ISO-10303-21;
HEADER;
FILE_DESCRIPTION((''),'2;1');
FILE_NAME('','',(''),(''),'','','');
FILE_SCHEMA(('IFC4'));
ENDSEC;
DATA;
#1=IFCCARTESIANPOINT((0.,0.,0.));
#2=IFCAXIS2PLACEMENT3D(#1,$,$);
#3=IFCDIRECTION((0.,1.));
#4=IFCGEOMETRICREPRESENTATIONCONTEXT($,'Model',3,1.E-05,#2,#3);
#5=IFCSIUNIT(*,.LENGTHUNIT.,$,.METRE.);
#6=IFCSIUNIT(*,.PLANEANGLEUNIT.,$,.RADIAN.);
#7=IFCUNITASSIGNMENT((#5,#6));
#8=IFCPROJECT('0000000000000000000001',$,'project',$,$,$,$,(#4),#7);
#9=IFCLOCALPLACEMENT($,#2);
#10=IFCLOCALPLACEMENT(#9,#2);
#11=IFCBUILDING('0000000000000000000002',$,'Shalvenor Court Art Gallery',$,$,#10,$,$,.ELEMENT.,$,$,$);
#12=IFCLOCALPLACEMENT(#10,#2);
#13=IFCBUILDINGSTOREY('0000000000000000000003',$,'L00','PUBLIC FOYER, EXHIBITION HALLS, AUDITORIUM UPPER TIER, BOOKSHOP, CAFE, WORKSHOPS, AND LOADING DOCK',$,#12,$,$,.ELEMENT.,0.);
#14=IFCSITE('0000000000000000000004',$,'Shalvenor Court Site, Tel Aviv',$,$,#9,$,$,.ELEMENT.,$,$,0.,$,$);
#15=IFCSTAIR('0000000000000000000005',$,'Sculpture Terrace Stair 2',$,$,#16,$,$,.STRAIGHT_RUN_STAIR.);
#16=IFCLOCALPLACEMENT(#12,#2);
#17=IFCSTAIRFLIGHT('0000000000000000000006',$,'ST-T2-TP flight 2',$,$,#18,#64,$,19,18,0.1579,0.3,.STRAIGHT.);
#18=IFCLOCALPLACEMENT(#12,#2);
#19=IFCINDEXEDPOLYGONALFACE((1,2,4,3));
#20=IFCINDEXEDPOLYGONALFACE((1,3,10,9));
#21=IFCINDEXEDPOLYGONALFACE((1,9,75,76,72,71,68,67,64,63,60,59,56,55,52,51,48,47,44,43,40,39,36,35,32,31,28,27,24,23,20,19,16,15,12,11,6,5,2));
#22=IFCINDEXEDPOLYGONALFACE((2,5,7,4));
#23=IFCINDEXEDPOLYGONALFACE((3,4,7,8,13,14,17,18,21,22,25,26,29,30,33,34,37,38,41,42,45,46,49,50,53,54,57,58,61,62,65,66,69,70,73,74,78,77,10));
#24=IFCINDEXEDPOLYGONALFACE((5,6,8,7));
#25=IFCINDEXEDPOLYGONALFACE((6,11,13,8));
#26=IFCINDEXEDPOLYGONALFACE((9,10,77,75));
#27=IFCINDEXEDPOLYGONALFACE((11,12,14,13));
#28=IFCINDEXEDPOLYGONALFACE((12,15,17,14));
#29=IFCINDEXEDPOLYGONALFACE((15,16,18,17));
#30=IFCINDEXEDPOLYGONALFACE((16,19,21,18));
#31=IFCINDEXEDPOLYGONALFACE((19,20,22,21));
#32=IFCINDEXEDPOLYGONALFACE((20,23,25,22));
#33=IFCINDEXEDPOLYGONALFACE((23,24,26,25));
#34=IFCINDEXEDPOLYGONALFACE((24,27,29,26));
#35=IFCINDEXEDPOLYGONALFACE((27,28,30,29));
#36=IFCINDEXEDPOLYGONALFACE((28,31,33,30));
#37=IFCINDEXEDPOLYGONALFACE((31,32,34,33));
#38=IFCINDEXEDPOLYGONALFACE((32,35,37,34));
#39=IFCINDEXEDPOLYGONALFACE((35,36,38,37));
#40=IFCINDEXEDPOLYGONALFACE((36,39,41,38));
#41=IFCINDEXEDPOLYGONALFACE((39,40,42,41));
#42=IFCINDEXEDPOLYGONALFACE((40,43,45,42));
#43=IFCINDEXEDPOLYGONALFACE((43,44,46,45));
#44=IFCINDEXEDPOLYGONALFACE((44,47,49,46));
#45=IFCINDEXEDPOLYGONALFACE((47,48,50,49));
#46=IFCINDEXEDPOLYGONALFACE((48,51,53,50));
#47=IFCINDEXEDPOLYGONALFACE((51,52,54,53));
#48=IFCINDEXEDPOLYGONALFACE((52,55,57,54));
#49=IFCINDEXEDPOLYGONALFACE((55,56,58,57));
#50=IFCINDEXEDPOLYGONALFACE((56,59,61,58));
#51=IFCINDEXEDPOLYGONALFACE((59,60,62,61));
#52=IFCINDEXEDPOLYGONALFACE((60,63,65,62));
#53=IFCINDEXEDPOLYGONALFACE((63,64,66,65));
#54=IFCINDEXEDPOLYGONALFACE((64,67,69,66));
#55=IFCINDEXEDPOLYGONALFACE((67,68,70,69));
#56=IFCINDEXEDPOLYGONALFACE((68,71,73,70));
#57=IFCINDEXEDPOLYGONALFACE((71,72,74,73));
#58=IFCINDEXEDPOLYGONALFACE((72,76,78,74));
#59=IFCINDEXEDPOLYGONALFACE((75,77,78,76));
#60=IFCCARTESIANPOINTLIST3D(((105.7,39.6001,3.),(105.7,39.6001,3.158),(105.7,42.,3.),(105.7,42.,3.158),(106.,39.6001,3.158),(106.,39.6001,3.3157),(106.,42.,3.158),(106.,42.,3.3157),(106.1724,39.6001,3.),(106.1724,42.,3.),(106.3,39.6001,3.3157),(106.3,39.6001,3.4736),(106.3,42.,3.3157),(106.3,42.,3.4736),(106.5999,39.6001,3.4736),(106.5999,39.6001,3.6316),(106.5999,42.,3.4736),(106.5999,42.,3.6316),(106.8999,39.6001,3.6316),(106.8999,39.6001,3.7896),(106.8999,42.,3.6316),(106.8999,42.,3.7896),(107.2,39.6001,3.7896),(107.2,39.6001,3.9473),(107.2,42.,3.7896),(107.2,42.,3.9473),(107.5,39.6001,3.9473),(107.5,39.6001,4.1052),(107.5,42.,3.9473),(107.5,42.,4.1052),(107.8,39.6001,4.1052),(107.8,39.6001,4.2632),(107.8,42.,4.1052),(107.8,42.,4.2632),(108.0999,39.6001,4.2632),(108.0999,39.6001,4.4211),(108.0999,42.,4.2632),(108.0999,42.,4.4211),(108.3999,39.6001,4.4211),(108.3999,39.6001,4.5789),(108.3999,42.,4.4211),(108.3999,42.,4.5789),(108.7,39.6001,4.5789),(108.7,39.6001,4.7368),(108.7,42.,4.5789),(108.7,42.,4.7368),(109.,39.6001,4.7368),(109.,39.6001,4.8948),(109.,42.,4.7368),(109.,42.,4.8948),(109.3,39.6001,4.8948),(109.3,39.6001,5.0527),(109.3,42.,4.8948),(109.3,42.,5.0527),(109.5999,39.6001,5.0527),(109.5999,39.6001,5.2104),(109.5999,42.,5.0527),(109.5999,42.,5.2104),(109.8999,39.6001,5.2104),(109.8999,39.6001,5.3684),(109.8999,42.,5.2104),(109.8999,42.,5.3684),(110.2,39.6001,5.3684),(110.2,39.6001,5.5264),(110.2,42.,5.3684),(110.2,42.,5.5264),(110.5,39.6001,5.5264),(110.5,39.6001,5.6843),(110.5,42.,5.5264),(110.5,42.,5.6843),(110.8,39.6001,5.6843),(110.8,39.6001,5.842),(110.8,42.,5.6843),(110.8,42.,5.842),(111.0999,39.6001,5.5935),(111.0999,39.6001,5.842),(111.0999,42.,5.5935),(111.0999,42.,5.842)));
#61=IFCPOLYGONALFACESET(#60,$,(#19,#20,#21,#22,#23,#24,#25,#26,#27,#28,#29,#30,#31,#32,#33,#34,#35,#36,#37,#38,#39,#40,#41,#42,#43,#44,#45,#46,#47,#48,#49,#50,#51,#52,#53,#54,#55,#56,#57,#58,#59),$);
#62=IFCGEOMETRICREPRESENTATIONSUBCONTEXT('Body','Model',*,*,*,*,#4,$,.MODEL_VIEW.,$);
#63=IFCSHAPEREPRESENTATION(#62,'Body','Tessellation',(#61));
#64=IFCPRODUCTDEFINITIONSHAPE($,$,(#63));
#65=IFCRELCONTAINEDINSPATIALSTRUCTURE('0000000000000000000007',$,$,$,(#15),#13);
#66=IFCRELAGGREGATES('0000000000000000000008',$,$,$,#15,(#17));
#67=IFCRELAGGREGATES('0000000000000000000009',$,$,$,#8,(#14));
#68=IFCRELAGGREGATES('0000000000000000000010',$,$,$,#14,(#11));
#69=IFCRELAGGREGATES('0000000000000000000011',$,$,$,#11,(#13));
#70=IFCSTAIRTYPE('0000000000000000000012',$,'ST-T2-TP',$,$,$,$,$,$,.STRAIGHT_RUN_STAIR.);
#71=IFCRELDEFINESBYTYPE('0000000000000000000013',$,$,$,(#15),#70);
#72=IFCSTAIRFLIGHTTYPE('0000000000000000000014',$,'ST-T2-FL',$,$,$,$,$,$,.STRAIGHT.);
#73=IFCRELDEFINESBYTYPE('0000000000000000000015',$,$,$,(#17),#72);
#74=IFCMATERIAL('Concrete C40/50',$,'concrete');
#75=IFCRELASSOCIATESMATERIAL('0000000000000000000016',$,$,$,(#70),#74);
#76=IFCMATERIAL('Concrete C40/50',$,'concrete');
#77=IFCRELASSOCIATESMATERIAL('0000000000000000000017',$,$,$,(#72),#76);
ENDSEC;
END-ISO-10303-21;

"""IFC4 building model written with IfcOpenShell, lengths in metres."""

from ifc_helpers import new_model, si_unit, direction, frame, origin, place, context, subcontext, project, spatial, polyline, outline, extrude, material, type_object, element, aggregate, save


model = new_model("IFC4")

# Units and contexts
model_context = context("Model", 3, precision=1e-05, world=origin(), true_north=direction((0.0, 1.0)))
body_context = subcontext(model_context, "Body", "Model", "MODEL_VIEW")
ifc_project = project(units=[si_unit("LENGTHUNIT", "METRE"), si_unit("PLANEANGLEUNIT", "RADIAN")], contexts=[model_context])

# Site, building, storey
site_placement = place(None, origin())
site = spatial("IfcSite", under=ifc_project, at=site_placement, Name="Shalvenor Court Site, Tel Aviv", CompositionType="ELEMENT", RefElevation=0.0)
building_placement = place(site_placement, origin())
building = spatial("IfcBuilding", under=site, at=building_placement, Name="Shalvenor Court Art Gallery", CompositionType="ELEMENT")
storey_placement = place(building_placement, origin())
storey = spatial("IfcBuildingStorey", under=building, at=storey_placement, Name="L00", Description="PUBLIC FOYER, EXHIBITION HALLS, AUDITORIUM UPPER TIER, BOOKSHOP, CAFE, WORKSHOPS, AND LOADING DOCK", CompositionType="ELEMENT", Elevation=0.0)

# Stair, stair flight
ifc_material_1 = material(Name="Concrete C40/50", Category="concrete")
stair_type = type_object("IfcStairType", Name="ST-T2-TP", PredefinedType="STRAIGHT_RUN_STAIR", material=ifc_material_1)
stair_placement = place(storey_placement, origin())
stair = element("IfcStair", 1, at=stair_placement, inside=storey, type_object=stair_type, Name="Sculpture Terrace Stair 2", PredefinedType="STRAIGHT_RUN_STAIR")
ifc_material_2 = material(Name="Concrete C40/50", Category="concrete")
stair_flight_type = type_object("IfcStairFlightType", Name="ST-T2-FL", PredefinedType="STRAIGHT", material=ifc_material_2)
stair_flight_placement = place(storey_placement, frame((105.7, 40.8, 3.0), z_axis=(0.0, 0.0, 1.0), x_axis=(1.0, 0.0, 0.0)))
stair_flight = element("IfcStairFlight", 2, at=stair_flight_placement, type_object=stair_flight_type, Name="ST-T2-TP flight 2", NumberOfRisers=19, NumberOfTreads=18, PredefinedType="STRAIGHT", RiserHeight=0.1579, TreadLength=0.3, context=body_context, shape_type="SweptSolid", body=[
    extrude(outline(polyline([(0.0, 0.0), (0.0, 0.158), (0.3, 0.158), (0.3, 0.3157), (0.6001, 0.3157), (0.6001, 0.4736), (0.8999, 0.4736), (0.8999, 0.6316), (1.2, 0.6316), (1.2, 0.7896), (1.5, 0.7896), (1.5, 0.9473), (1.8, 0.9473), (1.8, 1.1052), (2.1001, 1.1052), (2.1001, 1.2632), (2.3999, 1.2632), (2.3999, 1.4211), (2.7, 1.4211), (2.7, 1.5789), (3.0, 1.5789), (3.0, 1.7368), (3.3, 1.7368), (3.3, 1.8948), (3.6001, 1.8948), (3.6001, 2.0527), (3.8999, 2.0527), (3.8999, 2.2104), (4.2, 2.2104), (4.2, 2.3684), (4.5, 2.3684), (4.5, 2.5264), (4.8, 2.5264), (4.8, 2.6843), (5.1001, 2.6843), (5.1001, 2.842), (5.3999, 2.842), (5.3999, 3.0), (5.3999, 2.5935), (0.4724, 0.0), (0.0, 0.0)])), frame((0.0, 1.2, 0.0), z_axis=(0.0, -1.0, 0.0), x_axis=(1.0, 0.0, 0.0)), (0.0, 0.0, 1.0), 2.3999),
])
aggregate(stair, [stair_flight])

save(model, "model.ifc")
